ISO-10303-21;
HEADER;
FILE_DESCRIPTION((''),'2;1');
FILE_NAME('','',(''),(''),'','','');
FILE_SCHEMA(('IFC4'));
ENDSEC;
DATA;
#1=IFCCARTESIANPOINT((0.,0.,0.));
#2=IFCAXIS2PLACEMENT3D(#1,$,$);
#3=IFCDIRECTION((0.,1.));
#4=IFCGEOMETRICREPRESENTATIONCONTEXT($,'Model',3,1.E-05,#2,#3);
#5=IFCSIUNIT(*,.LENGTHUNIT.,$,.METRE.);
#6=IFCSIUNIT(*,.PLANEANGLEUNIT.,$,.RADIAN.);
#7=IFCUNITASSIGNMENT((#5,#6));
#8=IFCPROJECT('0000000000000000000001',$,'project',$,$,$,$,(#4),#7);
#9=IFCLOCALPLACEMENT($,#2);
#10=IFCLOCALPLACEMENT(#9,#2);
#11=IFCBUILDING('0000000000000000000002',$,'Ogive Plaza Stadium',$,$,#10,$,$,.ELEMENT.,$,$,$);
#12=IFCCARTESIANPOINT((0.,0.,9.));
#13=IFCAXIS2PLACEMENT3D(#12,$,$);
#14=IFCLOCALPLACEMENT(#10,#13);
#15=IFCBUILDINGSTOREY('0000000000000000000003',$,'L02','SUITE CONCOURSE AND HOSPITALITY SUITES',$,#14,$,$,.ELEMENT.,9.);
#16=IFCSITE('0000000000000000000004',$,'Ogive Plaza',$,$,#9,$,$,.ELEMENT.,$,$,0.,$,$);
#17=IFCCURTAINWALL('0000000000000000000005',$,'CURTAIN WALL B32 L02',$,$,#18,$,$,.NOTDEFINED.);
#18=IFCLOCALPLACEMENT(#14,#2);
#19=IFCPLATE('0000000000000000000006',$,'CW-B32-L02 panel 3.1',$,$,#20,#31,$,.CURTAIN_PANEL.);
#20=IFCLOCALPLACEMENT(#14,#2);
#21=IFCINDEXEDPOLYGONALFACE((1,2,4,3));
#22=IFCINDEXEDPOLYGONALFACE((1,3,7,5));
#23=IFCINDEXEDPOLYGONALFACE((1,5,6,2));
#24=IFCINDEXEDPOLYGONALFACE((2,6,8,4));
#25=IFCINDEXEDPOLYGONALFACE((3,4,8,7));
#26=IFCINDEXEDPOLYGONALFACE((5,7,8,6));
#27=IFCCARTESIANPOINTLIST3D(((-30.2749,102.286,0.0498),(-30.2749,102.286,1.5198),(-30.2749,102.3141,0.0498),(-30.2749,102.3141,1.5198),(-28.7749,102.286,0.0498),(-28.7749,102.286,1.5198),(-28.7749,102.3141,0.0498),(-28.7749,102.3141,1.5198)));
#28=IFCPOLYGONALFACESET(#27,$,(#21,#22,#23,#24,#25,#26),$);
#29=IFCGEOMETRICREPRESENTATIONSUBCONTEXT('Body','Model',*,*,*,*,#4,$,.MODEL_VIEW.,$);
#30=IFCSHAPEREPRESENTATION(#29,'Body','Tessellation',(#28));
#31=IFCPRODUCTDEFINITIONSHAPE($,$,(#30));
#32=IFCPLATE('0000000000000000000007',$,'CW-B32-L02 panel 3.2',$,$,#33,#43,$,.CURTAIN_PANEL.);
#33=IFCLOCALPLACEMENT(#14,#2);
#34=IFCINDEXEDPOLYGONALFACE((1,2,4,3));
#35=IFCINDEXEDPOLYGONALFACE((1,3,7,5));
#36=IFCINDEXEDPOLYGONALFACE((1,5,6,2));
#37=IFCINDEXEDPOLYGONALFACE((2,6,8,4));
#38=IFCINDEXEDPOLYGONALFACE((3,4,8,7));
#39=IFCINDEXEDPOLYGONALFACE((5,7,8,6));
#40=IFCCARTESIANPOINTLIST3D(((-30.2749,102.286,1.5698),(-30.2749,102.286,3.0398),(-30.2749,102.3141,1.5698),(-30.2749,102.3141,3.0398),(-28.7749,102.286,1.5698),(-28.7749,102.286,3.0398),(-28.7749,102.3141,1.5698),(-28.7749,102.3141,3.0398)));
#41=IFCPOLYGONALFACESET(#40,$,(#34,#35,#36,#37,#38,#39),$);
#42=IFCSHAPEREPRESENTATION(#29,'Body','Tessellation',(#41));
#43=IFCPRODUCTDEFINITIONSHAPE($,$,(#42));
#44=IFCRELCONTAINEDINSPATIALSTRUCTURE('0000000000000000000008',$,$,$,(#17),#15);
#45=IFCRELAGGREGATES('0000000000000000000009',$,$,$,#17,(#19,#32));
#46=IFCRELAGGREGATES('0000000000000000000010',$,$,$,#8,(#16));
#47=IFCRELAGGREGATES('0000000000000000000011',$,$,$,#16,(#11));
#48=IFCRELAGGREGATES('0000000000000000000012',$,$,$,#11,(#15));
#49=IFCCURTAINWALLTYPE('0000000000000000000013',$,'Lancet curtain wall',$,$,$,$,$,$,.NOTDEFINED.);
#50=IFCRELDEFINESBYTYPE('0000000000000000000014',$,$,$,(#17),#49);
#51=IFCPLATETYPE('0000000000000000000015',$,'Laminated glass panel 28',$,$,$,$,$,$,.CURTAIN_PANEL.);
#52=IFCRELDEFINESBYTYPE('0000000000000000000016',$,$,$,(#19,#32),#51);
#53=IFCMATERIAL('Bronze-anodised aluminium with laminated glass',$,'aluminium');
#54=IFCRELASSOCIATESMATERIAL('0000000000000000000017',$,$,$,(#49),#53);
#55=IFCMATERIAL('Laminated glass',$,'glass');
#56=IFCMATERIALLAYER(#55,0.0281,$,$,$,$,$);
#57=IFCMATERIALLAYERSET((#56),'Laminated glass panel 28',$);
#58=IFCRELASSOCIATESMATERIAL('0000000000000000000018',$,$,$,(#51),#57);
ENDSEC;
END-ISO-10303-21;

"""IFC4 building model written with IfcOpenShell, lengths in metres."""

from ifc_helpers import new_model, si_unit, direction, frame, origin, origin_2d, place, context, subcontext, project, spatial, rectangle, extrude, material, layer, layer_set, type_object, element, aggregate, save


model = new_model("IFC4")

# Units and contexts
model_context = context("Model", 3, precision=1e-05, world=origin(), true_north=direction((0.0, 1.0)))
body_context = subcontext(model_context, "Body", "Model", "MODEL_VIEW")
ifc_project = project(units=[si_unit("LENGTHUNIT", "METRE"), si_unit("PLANEANGLEUNIT", "RADIAN")], contexts=[model_context])

# Site, building, storey
site_placement = place(None, origin())
site = spatial("IfcSite", under=ifc_project, at=site_placement, Name="Ogive Plaza", CompositionType="ELEMENT", RefElevation=0.0)
building_placement = place(site_placement, origin())
building = spatial("IfcBuilding", under=site, at=building_placement, Name="Ogive Plaza Stadium", CompositionType="ELEMENT")
storey_placement = place(building_placement, frame((0.0, 0.0, 9.0)))
storey = spatial("IfcBuildingStorey", under=building, at=storey_placement, Name="L02", Description="SUITE CONCOURSE AND HOSPITALITY SUITES", CompositionType="ELEMENT", Elevation=9.0)

# Curtain wall
ifc_material_1 = material(Name="Bronze-anodised aluminium with laminated glass", Category="aluminium")
curtain_wall_type = type_object("IfcCurtainWallType", Name="Lancet curtain wall", PredefinedType="NOTDEFINED", material=ifc_material_1)
curtain_wall_1_placement = place(storey_placement, origin())
curtain_wall_1 = element("IfcCurtainWall", 1, at=curtain_wall_1_placement, inside=storey, type_object=curtain_wall_type, Name="CURTAIN WALL B32 L02", PredefinedType="NOTDEFINED")

# Plates
ifc_material_2 = material(Name="Laminated glass", Category="glass")
ifc_layer = layer(ifc_material_2, 0.0281)
ifc_layer_set = layer_set([ifc_layer], Name="Laminated glass panel 28")
plate_type = type_object("IfcPlateType", Name="Laminated glass panel 28", PredefinedType="CURTAIN_PANEL", material=ifc_layer_set)
plate_1_placement = place(storey_placement, frame((-29.5249, 102.3, 0.0498), z_axis=(0.0, 0.0, 1.0), x_axis=(1.0, 0.0, 0.0)))
plate_1 = element("IfcPlate", 2, at=plate_1_placement, type_object=plate_type, Name="CW-B32-L02 panel 3.1", PredefinedType="CURTAIN_PANEL", context=body_context, shape_type="SweptSolid", body=[
    extrude(rectangle(XDim=1.5, YDim=0.0281, at=origin_2d()), origin(), (0.0, 0.0, 1.0), 1.47),
])
plate_2_placement = place(storey_placement, frame((-29.5249, 102.3, 1.5698), z_axis=(0.0, 0.0, 1.0), x_axis=(1.0, 0.0, 0.0)))
plate_2 = element("IfcPlate", 3, at=plate_2_placement, type_object=plate_type, Name="CW-B32-L02 panel 3.2", PredefinedType="CURTAIN_PANEL", context=body_context, shape_type="SweptSolid", body=[
    extrude(rectangle(XDim=1.5, YDim=0.0281, at=origin_2d()), origin(), (0.0, 0.0, 1.0), 1.47),
])
aggregate(curtain_wall_1, [plate_1, plate_2])

save(model, "model.ifc")
